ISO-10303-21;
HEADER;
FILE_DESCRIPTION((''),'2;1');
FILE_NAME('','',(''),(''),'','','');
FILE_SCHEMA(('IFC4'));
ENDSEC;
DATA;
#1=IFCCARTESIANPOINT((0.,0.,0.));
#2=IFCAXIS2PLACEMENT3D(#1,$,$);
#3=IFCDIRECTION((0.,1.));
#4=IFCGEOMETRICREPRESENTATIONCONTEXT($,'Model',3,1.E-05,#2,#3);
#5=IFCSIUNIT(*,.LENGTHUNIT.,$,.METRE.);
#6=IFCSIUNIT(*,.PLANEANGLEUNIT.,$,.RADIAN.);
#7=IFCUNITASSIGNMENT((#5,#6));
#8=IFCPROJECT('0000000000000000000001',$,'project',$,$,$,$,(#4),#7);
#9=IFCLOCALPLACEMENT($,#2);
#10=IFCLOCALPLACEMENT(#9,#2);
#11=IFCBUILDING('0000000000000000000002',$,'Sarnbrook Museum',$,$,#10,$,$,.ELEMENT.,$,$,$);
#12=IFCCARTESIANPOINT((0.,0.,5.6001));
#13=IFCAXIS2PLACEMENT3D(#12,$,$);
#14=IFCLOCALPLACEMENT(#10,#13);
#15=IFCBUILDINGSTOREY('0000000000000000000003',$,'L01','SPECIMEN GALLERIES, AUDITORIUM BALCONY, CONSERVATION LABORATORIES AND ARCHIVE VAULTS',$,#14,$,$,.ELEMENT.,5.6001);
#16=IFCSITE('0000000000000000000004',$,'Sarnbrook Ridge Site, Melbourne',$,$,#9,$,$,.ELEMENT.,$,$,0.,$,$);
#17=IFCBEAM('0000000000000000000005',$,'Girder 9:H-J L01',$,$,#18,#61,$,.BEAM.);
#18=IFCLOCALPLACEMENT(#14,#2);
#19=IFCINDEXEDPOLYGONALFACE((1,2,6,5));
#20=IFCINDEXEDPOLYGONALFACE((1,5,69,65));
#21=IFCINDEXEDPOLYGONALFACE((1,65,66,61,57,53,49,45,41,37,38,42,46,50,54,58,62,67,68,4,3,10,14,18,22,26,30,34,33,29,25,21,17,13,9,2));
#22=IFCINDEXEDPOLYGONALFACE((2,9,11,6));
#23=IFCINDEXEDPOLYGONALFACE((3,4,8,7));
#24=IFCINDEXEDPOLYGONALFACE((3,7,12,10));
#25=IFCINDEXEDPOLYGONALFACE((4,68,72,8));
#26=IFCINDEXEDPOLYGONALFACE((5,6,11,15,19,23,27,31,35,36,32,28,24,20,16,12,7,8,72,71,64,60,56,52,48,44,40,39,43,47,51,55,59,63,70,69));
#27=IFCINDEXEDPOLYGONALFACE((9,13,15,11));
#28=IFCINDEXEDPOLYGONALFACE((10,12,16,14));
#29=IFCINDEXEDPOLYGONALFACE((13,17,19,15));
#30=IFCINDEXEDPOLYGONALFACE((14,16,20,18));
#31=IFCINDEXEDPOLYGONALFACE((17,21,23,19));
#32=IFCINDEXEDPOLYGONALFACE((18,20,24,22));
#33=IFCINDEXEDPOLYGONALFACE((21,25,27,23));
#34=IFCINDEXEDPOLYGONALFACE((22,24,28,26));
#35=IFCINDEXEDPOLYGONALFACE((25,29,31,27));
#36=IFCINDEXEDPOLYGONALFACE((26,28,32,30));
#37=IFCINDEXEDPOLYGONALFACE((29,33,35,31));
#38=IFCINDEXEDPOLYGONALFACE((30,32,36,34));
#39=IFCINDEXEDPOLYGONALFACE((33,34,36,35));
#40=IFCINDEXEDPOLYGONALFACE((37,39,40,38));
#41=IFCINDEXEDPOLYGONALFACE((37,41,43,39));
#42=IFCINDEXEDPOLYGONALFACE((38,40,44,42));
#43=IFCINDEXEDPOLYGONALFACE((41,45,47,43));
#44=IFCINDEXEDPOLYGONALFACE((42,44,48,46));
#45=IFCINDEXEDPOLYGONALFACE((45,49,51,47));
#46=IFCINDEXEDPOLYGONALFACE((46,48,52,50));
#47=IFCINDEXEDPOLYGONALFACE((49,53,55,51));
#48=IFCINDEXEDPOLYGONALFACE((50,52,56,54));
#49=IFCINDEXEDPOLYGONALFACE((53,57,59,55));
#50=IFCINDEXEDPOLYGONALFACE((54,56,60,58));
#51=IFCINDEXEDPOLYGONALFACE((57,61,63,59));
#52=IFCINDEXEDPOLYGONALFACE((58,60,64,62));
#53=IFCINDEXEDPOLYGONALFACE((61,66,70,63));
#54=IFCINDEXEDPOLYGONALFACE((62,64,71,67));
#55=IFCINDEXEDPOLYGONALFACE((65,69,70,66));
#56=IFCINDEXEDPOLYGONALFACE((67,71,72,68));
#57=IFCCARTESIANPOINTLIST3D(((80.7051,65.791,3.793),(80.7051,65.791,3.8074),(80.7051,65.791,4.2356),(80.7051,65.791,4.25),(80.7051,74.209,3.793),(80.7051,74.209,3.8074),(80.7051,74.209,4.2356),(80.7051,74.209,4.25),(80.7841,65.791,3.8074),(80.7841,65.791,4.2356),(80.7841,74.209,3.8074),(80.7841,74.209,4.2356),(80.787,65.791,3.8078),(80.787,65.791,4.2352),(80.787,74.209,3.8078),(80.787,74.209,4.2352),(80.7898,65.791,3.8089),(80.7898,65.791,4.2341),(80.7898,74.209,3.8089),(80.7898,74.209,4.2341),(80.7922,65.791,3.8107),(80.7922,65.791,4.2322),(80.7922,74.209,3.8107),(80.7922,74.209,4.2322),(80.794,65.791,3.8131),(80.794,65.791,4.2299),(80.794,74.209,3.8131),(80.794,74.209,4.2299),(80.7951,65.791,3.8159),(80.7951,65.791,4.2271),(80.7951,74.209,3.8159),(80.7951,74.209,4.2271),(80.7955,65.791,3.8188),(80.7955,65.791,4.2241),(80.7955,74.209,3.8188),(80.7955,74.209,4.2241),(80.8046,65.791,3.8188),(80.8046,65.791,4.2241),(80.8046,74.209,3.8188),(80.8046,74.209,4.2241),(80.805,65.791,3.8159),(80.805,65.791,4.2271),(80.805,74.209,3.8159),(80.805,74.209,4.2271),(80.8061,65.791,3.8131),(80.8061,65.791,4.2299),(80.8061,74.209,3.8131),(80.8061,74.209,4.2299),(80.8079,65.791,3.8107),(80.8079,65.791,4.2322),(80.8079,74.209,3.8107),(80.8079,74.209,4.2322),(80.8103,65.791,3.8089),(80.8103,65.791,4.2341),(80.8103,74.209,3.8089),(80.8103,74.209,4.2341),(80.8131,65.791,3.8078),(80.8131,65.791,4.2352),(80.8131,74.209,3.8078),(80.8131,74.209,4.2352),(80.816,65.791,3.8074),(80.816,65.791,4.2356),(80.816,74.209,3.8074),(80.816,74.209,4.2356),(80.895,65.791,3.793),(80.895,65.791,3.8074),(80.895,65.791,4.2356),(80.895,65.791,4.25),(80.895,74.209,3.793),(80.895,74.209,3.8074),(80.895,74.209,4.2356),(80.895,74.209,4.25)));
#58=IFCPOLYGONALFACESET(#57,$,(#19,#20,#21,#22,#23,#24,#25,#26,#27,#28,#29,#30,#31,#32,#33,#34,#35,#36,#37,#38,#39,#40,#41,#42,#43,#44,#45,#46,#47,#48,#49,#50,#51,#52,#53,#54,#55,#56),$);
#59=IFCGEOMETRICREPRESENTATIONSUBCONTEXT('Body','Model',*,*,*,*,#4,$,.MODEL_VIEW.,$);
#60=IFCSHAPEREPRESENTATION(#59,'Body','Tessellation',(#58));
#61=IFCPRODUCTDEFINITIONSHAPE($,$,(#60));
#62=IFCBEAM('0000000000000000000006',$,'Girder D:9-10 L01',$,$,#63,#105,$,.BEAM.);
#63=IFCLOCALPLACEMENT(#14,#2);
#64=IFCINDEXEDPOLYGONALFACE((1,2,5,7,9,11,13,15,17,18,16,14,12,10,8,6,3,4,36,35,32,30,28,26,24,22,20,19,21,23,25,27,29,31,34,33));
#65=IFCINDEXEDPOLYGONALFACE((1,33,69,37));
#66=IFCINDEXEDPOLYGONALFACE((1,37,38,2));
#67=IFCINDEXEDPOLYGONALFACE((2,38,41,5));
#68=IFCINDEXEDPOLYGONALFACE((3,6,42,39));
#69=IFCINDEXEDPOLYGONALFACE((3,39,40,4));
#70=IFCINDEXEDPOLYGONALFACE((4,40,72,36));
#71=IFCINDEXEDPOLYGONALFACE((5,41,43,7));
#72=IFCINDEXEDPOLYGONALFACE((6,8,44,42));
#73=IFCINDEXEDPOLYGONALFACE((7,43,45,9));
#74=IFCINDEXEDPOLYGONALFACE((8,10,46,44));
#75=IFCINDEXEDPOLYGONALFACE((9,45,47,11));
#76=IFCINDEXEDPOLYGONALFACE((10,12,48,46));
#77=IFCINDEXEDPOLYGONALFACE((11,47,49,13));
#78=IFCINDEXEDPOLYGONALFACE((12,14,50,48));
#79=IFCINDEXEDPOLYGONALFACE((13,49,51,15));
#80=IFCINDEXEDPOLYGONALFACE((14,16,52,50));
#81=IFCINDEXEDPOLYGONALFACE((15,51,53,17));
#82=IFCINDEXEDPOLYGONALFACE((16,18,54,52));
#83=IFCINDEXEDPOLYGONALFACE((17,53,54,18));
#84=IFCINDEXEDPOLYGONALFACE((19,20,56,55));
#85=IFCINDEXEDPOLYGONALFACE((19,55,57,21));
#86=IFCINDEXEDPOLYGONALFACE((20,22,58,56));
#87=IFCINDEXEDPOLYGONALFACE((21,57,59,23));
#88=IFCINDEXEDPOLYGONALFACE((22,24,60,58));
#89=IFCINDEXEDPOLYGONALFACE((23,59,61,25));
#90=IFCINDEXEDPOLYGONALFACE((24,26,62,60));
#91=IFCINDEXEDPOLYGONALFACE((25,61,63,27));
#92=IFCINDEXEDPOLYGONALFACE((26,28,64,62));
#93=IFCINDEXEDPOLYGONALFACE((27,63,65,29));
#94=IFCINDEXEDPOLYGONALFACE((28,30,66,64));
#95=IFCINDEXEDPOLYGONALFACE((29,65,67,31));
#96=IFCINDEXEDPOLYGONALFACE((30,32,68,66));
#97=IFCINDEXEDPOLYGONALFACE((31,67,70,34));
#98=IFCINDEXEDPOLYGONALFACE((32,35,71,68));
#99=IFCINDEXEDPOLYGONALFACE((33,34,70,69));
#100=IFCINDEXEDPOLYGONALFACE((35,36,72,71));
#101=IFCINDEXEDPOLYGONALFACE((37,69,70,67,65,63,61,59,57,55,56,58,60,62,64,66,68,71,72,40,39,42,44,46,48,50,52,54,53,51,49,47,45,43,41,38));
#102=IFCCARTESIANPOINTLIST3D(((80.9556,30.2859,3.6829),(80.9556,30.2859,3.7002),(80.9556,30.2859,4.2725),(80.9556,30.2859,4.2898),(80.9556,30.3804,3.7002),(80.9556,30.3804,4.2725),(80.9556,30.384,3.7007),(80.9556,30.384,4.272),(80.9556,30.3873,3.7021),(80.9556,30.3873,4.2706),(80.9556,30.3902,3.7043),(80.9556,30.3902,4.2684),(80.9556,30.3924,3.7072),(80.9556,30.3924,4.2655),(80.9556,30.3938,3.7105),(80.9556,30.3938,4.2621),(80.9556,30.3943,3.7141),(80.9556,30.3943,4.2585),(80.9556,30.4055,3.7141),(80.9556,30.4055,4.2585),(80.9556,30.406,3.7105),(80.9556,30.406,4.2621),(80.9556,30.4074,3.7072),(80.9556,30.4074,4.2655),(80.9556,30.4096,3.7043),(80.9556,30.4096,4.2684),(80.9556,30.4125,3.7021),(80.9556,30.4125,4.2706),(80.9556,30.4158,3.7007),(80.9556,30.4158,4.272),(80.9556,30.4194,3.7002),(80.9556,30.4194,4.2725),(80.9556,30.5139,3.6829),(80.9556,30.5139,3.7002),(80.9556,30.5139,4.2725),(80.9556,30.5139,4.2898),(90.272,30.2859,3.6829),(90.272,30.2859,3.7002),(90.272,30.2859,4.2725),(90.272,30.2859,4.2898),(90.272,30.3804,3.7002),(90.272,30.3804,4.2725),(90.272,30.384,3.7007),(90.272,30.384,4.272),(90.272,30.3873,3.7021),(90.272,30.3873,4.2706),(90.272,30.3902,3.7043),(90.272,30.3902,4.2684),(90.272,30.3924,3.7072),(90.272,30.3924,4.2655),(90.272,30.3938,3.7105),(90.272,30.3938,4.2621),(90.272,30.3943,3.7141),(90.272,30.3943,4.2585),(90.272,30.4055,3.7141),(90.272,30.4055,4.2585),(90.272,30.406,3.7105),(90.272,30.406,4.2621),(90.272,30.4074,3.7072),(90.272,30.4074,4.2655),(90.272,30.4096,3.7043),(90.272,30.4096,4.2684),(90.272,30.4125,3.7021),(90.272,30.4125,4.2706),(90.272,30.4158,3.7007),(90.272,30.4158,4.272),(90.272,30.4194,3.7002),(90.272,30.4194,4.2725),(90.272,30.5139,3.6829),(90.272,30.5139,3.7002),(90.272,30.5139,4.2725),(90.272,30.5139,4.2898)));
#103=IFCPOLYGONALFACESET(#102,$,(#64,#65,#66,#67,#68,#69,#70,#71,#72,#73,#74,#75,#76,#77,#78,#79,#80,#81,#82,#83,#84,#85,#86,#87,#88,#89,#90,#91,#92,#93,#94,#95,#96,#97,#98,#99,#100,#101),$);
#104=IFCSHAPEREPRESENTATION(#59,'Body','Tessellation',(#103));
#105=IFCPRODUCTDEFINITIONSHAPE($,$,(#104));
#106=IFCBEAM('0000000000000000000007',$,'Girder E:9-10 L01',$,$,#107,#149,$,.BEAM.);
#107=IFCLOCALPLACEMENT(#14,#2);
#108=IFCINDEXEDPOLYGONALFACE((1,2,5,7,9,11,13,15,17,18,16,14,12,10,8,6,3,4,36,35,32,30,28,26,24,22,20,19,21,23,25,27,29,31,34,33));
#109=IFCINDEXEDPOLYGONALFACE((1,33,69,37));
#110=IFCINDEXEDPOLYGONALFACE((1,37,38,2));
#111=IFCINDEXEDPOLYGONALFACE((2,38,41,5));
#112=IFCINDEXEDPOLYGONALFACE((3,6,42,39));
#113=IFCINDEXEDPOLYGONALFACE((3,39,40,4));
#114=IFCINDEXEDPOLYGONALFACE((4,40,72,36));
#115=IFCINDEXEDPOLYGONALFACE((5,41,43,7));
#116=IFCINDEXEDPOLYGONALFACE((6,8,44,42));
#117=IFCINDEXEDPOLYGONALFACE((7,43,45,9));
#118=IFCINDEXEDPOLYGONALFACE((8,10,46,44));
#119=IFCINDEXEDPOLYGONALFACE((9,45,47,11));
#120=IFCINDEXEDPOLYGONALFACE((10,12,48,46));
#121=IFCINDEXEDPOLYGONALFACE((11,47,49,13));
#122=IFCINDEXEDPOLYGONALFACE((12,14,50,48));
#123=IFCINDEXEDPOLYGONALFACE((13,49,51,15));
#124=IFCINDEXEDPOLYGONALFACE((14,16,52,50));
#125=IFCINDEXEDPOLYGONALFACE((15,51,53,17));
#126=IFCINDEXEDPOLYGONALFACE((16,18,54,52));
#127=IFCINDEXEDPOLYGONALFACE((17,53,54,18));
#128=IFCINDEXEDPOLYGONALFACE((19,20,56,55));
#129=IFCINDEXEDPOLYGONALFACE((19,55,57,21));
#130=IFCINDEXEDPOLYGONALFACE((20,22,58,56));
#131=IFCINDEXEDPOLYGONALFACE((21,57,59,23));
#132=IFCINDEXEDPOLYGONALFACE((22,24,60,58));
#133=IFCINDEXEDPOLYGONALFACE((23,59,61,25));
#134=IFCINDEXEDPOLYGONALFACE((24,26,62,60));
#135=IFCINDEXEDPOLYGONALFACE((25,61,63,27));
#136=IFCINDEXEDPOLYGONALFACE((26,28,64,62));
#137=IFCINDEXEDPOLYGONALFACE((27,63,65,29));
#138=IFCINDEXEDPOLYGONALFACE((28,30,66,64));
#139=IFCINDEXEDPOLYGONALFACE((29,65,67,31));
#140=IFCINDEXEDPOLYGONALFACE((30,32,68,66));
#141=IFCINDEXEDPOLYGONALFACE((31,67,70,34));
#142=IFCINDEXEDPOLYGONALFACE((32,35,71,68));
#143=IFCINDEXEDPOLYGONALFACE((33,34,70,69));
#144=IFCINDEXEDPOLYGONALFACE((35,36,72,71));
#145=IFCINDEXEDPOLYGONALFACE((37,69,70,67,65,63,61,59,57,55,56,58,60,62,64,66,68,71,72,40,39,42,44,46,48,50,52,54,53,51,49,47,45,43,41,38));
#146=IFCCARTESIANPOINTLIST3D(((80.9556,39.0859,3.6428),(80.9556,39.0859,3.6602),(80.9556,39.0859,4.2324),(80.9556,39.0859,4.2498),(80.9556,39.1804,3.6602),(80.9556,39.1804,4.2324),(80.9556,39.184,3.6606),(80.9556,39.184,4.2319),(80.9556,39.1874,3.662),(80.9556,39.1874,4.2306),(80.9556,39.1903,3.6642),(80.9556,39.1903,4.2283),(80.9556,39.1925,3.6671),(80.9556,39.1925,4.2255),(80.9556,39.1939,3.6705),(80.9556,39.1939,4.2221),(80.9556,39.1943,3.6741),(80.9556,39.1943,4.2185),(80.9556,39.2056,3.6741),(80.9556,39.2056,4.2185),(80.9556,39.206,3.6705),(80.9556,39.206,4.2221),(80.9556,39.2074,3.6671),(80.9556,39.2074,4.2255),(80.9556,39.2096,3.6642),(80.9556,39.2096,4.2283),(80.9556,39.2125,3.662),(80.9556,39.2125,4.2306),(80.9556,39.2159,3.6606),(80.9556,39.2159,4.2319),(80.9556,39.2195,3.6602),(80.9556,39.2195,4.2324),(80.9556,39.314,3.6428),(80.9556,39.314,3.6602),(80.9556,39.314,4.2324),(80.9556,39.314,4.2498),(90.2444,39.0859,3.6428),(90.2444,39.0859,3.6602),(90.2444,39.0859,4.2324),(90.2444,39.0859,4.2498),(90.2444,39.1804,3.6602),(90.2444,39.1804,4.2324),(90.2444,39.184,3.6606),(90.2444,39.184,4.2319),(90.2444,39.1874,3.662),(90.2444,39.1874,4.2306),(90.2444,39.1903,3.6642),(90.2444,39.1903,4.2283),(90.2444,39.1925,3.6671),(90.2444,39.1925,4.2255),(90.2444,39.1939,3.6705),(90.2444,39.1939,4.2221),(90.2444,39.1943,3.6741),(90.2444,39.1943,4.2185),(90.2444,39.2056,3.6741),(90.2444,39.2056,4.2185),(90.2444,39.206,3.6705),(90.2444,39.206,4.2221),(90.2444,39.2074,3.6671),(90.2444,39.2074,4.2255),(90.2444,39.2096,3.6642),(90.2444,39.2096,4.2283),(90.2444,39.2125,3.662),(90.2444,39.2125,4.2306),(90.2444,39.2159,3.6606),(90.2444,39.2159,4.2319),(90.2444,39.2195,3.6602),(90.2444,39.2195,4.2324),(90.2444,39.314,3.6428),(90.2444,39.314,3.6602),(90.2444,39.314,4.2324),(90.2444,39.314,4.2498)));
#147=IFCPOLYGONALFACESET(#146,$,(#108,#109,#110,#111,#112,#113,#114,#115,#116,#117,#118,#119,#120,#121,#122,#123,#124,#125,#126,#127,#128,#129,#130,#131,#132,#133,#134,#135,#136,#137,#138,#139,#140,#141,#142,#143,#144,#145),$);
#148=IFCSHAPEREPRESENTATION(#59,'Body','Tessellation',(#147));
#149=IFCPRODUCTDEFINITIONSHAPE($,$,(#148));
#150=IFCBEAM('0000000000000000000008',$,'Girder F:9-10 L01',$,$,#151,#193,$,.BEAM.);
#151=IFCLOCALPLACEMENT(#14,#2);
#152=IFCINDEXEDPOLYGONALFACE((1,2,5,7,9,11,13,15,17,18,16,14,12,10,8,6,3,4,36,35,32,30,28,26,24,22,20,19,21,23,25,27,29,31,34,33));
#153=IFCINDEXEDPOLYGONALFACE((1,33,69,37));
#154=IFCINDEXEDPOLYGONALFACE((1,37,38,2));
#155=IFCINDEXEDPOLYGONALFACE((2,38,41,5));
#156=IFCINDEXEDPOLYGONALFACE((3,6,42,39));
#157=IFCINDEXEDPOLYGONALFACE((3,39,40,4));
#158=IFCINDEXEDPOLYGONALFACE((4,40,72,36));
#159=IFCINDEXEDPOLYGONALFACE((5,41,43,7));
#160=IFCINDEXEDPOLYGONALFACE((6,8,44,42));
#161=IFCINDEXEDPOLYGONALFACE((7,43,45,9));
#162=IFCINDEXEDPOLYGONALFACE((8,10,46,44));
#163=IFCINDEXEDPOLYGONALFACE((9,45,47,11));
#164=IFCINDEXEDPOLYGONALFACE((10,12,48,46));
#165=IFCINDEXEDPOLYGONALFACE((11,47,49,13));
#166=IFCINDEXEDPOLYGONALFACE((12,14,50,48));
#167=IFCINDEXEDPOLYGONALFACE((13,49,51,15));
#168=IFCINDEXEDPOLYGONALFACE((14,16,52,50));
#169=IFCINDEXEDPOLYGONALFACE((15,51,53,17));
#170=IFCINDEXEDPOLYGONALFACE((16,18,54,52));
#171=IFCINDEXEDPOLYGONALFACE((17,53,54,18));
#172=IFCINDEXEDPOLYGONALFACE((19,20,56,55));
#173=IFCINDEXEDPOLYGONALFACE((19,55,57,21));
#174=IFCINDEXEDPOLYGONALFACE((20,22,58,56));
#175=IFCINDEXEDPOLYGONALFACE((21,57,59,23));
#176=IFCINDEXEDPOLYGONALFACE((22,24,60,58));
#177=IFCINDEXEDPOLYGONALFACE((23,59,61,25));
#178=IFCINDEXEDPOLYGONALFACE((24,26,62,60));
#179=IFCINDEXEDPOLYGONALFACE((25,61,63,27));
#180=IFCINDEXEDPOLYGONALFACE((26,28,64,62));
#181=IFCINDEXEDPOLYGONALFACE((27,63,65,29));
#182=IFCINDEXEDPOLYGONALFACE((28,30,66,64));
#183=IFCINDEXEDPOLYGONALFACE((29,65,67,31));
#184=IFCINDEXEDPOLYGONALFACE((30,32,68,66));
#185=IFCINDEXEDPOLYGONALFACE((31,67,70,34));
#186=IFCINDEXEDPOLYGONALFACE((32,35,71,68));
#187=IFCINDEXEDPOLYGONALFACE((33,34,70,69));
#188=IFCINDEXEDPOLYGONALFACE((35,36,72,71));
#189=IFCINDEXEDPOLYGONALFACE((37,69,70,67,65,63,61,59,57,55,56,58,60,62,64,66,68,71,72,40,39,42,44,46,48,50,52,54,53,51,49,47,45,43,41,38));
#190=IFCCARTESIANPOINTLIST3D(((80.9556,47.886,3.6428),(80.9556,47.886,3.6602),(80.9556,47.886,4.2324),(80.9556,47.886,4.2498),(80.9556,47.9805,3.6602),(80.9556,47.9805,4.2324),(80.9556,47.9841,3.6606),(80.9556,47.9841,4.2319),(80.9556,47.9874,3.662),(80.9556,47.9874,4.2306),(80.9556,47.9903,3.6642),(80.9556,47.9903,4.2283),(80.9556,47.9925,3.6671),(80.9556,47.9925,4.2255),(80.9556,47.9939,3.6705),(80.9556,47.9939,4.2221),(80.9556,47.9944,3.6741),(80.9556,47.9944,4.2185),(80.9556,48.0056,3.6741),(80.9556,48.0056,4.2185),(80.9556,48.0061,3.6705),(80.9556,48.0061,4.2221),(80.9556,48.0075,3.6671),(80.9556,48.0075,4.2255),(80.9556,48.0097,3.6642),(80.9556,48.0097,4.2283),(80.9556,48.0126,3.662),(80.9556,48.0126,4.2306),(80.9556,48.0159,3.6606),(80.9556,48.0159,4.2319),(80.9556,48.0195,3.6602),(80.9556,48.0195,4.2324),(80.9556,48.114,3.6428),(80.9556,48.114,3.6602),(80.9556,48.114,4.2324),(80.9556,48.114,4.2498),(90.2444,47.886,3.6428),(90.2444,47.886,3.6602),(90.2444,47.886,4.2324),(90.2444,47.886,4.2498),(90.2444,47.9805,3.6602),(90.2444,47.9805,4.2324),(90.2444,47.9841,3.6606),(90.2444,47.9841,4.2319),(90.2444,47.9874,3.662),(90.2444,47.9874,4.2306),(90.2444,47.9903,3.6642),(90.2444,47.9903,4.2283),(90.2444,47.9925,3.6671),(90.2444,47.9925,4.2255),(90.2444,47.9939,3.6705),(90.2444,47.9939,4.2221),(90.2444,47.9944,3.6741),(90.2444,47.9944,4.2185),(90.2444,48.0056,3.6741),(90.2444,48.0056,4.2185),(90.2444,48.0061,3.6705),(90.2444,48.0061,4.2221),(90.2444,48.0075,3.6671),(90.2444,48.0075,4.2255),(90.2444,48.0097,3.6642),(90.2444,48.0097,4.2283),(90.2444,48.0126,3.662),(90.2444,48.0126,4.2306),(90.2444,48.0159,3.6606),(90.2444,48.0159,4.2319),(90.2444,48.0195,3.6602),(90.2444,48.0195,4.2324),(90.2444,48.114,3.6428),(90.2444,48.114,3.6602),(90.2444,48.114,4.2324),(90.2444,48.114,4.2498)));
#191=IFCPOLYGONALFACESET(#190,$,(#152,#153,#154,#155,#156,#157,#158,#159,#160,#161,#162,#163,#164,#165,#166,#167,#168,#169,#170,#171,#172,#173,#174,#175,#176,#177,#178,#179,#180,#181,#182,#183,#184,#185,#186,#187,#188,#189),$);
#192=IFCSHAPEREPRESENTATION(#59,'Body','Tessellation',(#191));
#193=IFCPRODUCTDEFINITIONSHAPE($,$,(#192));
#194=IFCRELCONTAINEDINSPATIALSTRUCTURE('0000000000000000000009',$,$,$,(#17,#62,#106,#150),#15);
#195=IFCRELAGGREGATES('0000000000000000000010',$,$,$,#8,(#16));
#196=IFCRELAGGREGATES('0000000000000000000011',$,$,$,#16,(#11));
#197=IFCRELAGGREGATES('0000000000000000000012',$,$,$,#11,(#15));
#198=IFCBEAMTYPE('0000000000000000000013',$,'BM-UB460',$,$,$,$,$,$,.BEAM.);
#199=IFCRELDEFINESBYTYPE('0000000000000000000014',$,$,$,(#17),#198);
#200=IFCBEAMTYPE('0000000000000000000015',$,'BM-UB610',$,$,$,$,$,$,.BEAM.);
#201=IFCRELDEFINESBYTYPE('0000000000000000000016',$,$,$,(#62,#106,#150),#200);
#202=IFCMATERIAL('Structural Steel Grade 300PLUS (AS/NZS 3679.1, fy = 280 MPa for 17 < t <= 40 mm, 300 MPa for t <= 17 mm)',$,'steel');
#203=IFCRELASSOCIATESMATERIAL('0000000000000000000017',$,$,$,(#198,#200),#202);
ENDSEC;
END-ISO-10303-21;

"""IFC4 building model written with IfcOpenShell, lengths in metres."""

from ifc_helpers import new_model, si_unit, direction, frame, origin, origin_2d, place, context, subcontext, project, spatial, i_section, extrude, material, material_profile, profile_set, type_object, element, save


model = new_model("IFC4")

# Units and contexts
model_context = context("Model", 3, precision=1e-05, world=origin(), true_north=direction((0.0, 1.0)))
body_context = subcontext(model_context, "Body", "Model", "MODEL_VIEW")
ifc_project = project(units=[si_unit("LENGTHUNIT", "METRE"), si_unit("PLANEANGLEUNIT", "RADIAN")], contexts=[model_context])

# Site, building, storey
site_placement = place(None, origin())
site = spatial("IfcSite", under=ifc_project, at=site_placement, Name="Sarnbrook Ridge Site, Melbourne", CompositionType="ELEMENT", RefElevation=0.0)
building_placement = place(site_placement, origin())
building = spatial("IfcBuilding", under=site, at=building_placement, Name="Sarnbrook Museum", CompositionType="ELEMENT")
storey_placement = place(building_placement, frame((0.0, 0.0, 5.6001)))
storey = spatial("IfcBuildingStorey", under=building, at=storey_placement, Name="L01", Description="SPECIMEN GALLERIES, AUDITORIUM BALCONY, CONSERVATION LABORATORIES AND ARCHIVE VAULTS", CompositionType="ELEMENT", Elevation=5.6001)

# Shared definitions
ifc_material_1 = material(Name="Structural Steel Grade 300PLUS (AS/NZS 3679.1, fy = 280 MPa for 17 < t <= 40 mm, 300 MPa for t <= 17 mm)", Category="steel")

# Beams
ifc_material_profile_1 = material_profile(ifc_material_1, i_section(OverallWidth=0.1899, OverallDepth=0.457, WebThickness=0.009, FlangeThickness=0.0144, FilletRadius=0.0115, at=origin_2d()), Name="460UB74.6")
ifc_profile_set_1 = profile_set([ifc_material_profile_1], Name="Structural Steel Grade 300PLUS (AS/NZS 3679.1, fy = 280 MPa for 17 < t <= 40 mm, 300 MPa for t <= 17 mm)")
beam_type_1 = type_object("IfcBeamType", Name="BM-UB460", PredefinedType="BEAM", material=ifc_profile_set_1)
for number, where, z_axis, x_axis, name in (
    (1, (80.8, 65.791, 4.0215), (0.0, 1.0, 0.0), (-1.0, 0.0, 0.0), "Girder 9:H-J L01"),
):
    element("IfcBeam", number, at=place(storey_placement, frame(where, z_axis=z_axis, x_axis=x_axis)), inside=storey, type_object=beam_type_1, Name=name, PredefinedType="BEAM", context=body_context, shape_type="SweptSolid", body=[
        extrude(i_section(OverallWidth=0.1899, OverallDepth=0.457, WebThickness=0.009, FlangeThickness=0.0144, FilletRadius=0.0115, at=origin_2d()), origin(), (0.0, 0.0, 1.0), 8.418),
    ])
ifc_material_profile_2 = material_profile(ifc_material_1, i_section(OverallWidth=0.228, OverallDepth=0.6069, WebThickness=0.0112, FlangeThickness=0.0173, FilletRadius=0.0139, at=origin_2d()), Name="610UB113")
ifc_profile_set_2 = profile_set([ifc_material_profile_2], Name="Structural Steel Grade 300PLUS (AS/NZS 3679.1, fy = 280 MPa for 17 < t <= 40 mm, 300 MPa for t <= 17 mm)")
beam_type_2 = type_object("IfcBeamType", Name="BM-UB610", PredefinedType="BEAM", material=ifc_profile_set_2)
beam_1_placement = place(storey_placement, frame((80.9556, 30.3999, 3.9863), z_axis=(1.0, 0.0, 0.0), x_axis=(0.0, 1.0, 0.0)))
element("IfcBeam", 2, at=beam_1_placement, inside=storey, type_object=beam_type_2, Name="Girder D:9-10 L01", PredefinedType="BEAM", context=body_context, shape_type="SweptSolid", body=[
    extrude(i_section(OverallWidth=0.228, OverallDepth=0.6069, WebThickness=0.0112, FlangeThickness=0.0173, FilletRadius=0.0139, at=origin_2d()), origin(), (0.0, 0.0, 1.0), 9.3164),
])
for number, where, z_axis, x_axis, name in (
    (3, (80.9556, 39.2, 3.9463), (1.0, 0.0, 0.0), (0.0, 1.0, 0.0), "Girder E:9-10 L01"),
    (4, (80.9556, 48.0, 3.9463), (1.0, 0.0, 0.0), (0.0, 1.0, 0.0), "Girder F:9-10 L01"),
):
    element("IfcBeam", number, at=place(storey_placement, frame(where, z_axis=z_axis, x_axis=x_axis)), inside=storey, type_object=beam_type_2, Name=name, PredefinedType="BEAM", context=body_context, shape_type="SweptSolid", body=[
        extrude(i_section(OverallWidth=0.228, OverallDepth=0.6069, WebThickness=0.0112, FlangeThickness=0.0173, FilletRadius=0.0139, at=origin_2d()), origin(), (0.0, 0.0, 1.0), 9.2888),
    ])

save(model, "model.ifc")
